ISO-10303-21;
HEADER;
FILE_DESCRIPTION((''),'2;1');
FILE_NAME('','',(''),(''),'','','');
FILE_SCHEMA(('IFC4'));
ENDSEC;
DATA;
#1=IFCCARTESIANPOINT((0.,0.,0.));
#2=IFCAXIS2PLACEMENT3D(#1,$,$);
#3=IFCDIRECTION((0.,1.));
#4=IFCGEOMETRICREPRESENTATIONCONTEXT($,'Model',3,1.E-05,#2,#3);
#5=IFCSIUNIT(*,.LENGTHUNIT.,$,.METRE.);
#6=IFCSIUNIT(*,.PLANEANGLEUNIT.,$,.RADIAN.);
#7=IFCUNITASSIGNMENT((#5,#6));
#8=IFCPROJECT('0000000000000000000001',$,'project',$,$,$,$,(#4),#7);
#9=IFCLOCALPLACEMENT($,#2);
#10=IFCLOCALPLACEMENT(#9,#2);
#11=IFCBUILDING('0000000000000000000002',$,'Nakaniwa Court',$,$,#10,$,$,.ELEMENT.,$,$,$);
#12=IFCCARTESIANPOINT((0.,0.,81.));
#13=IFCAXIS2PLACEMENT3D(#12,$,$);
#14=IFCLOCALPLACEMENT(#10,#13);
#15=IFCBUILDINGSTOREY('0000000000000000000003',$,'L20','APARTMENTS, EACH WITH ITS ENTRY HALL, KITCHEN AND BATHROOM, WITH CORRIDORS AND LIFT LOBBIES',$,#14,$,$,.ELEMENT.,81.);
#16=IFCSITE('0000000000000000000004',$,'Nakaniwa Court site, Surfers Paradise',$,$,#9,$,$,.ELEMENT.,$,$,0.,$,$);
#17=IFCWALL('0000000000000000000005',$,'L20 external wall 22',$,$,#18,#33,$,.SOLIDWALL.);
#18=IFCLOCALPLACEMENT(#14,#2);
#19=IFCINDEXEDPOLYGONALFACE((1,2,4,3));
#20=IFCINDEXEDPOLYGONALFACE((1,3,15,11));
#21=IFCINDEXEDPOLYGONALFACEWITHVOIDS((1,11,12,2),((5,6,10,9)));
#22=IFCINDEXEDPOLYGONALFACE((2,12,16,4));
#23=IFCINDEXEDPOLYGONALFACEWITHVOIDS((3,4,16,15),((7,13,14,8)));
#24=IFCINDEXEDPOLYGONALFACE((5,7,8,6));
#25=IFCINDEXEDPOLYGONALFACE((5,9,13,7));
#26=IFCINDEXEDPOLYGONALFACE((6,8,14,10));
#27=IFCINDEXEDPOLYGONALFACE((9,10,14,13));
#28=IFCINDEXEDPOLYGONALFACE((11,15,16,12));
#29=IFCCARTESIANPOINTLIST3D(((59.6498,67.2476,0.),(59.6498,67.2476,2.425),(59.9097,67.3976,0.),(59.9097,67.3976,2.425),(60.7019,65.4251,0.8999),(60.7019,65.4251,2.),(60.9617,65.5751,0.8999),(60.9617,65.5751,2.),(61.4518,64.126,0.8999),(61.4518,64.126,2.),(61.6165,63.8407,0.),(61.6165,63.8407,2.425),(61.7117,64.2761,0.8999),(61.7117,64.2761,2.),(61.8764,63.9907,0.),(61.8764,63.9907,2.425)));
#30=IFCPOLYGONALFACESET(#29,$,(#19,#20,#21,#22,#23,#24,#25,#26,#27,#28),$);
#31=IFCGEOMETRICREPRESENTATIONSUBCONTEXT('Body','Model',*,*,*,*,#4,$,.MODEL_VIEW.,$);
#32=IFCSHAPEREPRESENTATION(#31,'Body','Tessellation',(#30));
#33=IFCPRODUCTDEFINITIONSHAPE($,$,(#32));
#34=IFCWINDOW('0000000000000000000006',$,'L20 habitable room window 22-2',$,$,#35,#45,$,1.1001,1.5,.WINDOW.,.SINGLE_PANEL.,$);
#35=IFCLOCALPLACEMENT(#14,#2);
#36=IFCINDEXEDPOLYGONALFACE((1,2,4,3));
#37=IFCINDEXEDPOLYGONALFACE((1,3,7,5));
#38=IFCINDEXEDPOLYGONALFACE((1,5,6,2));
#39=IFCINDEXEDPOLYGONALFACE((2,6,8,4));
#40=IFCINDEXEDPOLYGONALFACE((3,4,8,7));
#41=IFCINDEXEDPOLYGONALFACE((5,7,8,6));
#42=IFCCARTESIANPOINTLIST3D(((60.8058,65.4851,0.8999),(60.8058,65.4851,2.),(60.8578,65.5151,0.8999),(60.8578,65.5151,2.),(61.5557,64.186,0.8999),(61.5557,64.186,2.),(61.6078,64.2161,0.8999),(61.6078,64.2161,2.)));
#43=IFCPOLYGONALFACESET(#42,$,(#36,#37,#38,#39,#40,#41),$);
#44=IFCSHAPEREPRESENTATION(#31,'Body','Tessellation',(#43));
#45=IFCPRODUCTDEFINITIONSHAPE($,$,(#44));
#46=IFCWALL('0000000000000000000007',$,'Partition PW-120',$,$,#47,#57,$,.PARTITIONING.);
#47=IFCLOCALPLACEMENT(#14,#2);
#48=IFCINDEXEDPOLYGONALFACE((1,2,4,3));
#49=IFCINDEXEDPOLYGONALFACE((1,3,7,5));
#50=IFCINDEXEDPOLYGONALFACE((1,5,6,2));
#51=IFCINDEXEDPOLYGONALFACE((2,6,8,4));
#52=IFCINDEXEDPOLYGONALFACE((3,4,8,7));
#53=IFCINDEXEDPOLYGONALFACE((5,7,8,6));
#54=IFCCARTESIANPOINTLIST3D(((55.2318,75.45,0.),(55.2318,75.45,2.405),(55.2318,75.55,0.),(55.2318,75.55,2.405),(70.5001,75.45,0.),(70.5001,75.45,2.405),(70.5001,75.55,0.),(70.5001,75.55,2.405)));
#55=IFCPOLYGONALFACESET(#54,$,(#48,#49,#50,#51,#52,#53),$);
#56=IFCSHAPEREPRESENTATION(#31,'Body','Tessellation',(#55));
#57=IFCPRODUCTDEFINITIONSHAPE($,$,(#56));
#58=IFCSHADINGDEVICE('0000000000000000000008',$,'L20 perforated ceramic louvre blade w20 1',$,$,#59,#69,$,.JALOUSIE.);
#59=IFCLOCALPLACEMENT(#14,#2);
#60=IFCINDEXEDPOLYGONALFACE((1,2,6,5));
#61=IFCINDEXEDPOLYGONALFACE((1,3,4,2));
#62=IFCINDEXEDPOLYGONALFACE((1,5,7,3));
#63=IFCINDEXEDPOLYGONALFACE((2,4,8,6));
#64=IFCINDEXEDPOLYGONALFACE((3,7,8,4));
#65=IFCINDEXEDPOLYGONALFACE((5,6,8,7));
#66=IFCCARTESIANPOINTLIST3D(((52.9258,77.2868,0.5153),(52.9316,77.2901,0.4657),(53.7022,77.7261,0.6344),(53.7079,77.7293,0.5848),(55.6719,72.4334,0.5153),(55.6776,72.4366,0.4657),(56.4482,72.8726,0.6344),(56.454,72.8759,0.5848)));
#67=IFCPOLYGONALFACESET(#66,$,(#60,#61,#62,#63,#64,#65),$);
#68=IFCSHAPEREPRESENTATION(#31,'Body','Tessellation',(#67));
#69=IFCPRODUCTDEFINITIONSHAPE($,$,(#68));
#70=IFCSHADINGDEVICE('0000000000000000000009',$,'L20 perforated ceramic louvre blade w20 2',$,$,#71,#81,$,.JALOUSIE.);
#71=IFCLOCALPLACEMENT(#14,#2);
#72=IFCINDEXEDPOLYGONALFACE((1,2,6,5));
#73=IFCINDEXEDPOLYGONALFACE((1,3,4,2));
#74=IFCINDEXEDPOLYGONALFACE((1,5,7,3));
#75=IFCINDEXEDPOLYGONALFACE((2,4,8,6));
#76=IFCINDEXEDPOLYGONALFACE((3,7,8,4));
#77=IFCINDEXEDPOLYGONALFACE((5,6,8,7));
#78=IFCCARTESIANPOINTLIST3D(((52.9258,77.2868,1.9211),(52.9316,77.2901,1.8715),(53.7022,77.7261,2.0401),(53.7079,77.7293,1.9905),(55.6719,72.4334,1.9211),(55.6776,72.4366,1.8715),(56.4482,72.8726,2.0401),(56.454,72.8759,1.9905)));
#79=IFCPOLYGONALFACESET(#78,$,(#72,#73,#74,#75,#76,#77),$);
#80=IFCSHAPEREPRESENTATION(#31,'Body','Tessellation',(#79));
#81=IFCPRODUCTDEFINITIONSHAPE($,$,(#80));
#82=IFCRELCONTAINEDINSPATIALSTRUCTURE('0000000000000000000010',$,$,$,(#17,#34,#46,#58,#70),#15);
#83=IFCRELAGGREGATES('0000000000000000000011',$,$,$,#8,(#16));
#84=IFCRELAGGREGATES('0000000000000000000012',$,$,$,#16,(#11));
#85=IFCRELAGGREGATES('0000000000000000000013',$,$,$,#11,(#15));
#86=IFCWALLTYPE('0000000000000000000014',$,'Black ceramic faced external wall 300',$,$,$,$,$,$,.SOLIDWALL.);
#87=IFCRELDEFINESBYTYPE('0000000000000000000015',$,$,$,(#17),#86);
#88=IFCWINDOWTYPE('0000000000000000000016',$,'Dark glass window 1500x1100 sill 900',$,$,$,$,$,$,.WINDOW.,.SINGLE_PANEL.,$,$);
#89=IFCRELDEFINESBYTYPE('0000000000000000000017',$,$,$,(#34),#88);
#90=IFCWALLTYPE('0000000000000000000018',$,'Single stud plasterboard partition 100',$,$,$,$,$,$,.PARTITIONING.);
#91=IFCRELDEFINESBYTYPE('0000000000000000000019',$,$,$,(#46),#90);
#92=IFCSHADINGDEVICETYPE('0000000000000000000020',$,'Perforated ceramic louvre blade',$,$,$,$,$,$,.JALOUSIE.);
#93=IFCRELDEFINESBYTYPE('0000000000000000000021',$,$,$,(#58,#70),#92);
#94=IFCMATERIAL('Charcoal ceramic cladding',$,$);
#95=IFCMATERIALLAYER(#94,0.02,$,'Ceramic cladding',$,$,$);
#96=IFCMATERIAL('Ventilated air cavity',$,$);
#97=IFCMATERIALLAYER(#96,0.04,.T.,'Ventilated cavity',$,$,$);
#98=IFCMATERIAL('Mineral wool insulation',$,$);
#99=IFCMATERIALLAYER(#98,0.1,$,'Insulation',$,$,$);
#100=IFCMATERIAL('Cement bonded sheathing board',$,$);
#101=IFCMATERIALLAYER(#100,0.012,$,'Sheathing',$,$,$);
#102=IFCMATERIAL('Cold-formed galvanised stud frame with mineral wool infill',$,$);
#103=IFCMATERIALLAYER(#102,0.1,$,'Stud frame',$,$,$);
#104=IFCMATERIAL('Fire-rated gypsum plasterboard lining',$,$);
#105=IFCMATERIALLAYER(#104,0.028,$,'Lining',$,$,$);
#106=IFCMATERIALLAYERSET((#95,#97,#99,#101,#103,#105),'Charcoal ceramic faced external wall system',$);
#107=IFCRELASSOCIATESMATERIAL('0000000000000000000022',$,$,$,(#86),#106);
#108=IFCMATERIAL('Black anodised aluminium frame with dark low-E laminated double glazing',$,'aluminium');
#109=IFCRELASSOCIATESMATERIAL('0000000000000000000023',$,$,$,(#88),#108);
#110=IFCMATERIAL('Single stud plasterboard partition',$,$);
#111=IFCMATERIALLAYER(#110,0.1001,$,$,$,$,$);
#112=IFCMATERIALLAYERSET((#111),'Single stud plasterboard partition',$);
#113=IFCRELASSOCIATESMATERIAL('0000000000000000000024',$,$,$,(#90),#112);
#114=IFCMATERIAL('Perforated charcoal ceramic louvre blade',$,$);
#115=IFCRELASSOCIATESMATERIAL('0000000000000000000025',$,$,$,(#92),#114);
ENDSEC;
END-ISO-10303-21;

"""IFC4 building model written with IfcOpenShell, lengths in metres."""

from ifc_helpers import new_model, si_unit, direction, frame, frame_2d, origin, origin_2d, place, context, subcontext, project, spatial, rectangle, extrude, material, layer, layer_set, material_profile, profile_set, type_object, element, fill, save


model = new_model("IFC4")

# Units and contexts
model_context = context("Model", 3, precision=1e-05, world=origin(), true_north=direction((0.0, 1.0)))
body_context = subcontext(model_context, "Body", "Model", "MODEL_VIEW")
ifc_project = project(units=[si_unit("LENGTHUNIT", "METRE"), si_unit("PLANEANGLEUNIT", "RADIAN")], contexts=[model_context])

# Site, building, storey
site_placement = place(None, origin())
site = spatial("IfcSite", under=ifc_project, at=site_placement, Name="Nakaniwa Court site, Surfers Paradise", CompositionType="ELEMENT", RefElevation=0.0)
building_placement = place(site_placement, origin())
building = spatial("IfcBuilding", under=site, at=building_placement, Name="Nakaniwa Court", CompositionType="ELEMENT")
storey_placement = place(building_placement, frame((0.0, 0.0, 81.0)))
storey = spatial("IfcBuildingStorey", under=building, at=storey_placement, Name="L20", Description="APARTMENTS, EACH WITH ITS ENTRY HALL, KITCHEN AND BATHROOM, WITH CORRIDORS AND LIFT LOBBIES", CompositionType="ELEMENT", Elevation=81.0)

# Shared definitions
ifc_material_1 = material(Name="Charcoal ceramic cladding")
ifc_layer_1 = layer(ifc_material_1, 0.02, Name="Ceramic cladding")
ifc_material_2 = material(Name="Ventilated air cavity")
ifc_layer_2 = layer(ifc_material_2, 0.04, ventilated=True, Name="Ventilated cavity")
ifc_material_3 = material(Name="Mineral wool insulation")
ifc_layer_3 = layer(ifc_material_3, 0.1, Name="Insulation")
ifc_material_4 = material(Name="Cement bonded sheathing board")
ifc_layer_4 = layer(ifc_material_4, 0.012, Name="Sheathing")
ifc_material_5 = material(Name="Cold-formed galvanised stud frame with mineral wool infill")
ifc_layer_5 = layer(ifc_material_5, 0.1, Name="Stud frame")
ifc_material_6 = material(Name="Fire-rated gypsum plasterboard lining")
ifc_layer_6 = layer(ifc_material_6, 0.028, Name="Lining")
ifc_layer_set_1 = layer_set([ifc_layer_1, ifc_layer_2, ifc_layer_3, ifc_layer_4, ifc_layer_5, ifc_layer_6], Name="Charcoal ceramic faced external wall system")
wall_type_1 = type_object("IfcWallType", Name="Black ceramic faced external wall 300", PredefinedType="SOLIDWALL", material=ifc_layer_set_1)
ifc_material_7 = material(Name="Black anodised aluminium frame with dark low-E laminated double glazing", Category="aluminium")
window_type_1 = type_object("IfcWindowType", Name="Dark glass window 1500x1100 sill 900", PartitioningType="SINGLE_PANEL", PredefinedType="WINDOW", material=ifc_material_7)

# Wall, opening, window
wall_1_placement = place(storey_placement, frame((59.7798, 67.3225, 0.0), z_axis=(0.0, 0.0, 1.0), x_axis=(0.499957, -0.86605, 0.0)))
wall_1 = element("IfcWall", 1, at=wall_1_placement, inside=storey, type_object=wall_type_1, Name="L20 external wall 22", PredefinedType="SOLIDWALL", context=body_context, shape_type="SweptSolid", body=[
    extrude(rectangle(XDim=3.9338, YDim=0.3, at=frame_2d((1.9668, 0.0))), origin(), (0.0, 0.0, 1.0), 2.425),
])
opening_1_placement = place(wall_1_placement, frame((2.1042, 0.0, 0.8999)))
opening_1 = element("IfcOpeningElement", 2, at=opening_1_placement, cuts=wall_1, PredefinedType="OPENING", context=body_context, shape_type="SweptSolid", body=[
    extrude(rectangle(XDim=1.5, YDim=1.1001, at=frame_2d((0.75, 0.55))), frame((0.0, 0.1599, 0.0), z_axis=(0.0, -1.0, 0.0), x_axis=(1.0, 0.0, 0.0)), (0.0, 0.0, 1.0), 0.3201),
])
window_1_placement = place(opening_1_placement, origin())
window_1 = element("IfcWindow", 3, at=window_1_placement, inside=storey, type_object=window_type_1, Name="L20 habitable room window 22-2", OverallHeight=1.1001, OverallWidth=1.5, PartitioningType="SINGLE_PANEL", PredefinedType="WINDOW", context=body_context, shape_type="SweptSolid", body=[
    extrude(rectangle(XDim=1.5, YDim=1.1001, at=frame_2d((0.75, 0.55))), frame((0.0, 0.03, 0.0), z_axis=(0.0, -1.0, 0.0), x_axis=(1.0, 0.0, 0.0)), (0.0, 0.0, 1.0), 0.0601),
])
fill(opening_1, window_1)

# Wall
ifc_material_8 = material(Name="Single stud plasterboard partition")
ifc_layer_7 = layer(ifc_material_8, 0.1001)
ifc_layer_set_2 = layer_set([ifc_layer_7], Name="Single stud plasterboard partition")
wall_type_2 = type_object("IfcWallType", Name="Single stud plasterboard partition 100", PredefinedType="PARTITIONING", material=ifc_layer_set_2)
wall_2_placement = place(storey_placement, frame((55.2317, 75.5, 0.0), z_axis=(0.0, 0.0, 1.0), x_axis=(1.0, 0.0, 0.0)))
element("IfcWall", 4, at=wall_2_placement, inside=storey, type_object=wall_type_2, Name="Partition PW-120", PredefinedType="PARTITIONING", context=body_context, shape_type="SweptSolid", body=[
    extrude(rectangle(XDim=15.2683, YDim=0.1001, at=frame_2d((7.6343, 0.0))), origin(), (0.0, 0.0, 1.0), 2.405),
])

# Shading devices
ifc_material_9 = material(Name="Perforated charcoal ceramic louvre blade")
ifc_material_profile_1 = material_profile(ifc_material_9, rectangle(XDim=0.8999, YDim=0.05, at=origin_2d()), Name="Perforated ceramic louvre blade")
ifc_profile_set_1 = profile_set([ifc_material_profile_1], Name="Perforated charcoal ceramic louvre blade")
shading_device_type = type_object("IfcShadingDeviceType", Name="Perforated ceramic louvre blade", PredefinedType="JALOUSIE", material=ifc_profile_set_1)
for number, where, z_axis, x_axis, name in (
    (5, (53.3169, 77.5081, 0.55), (0.492438, -0.870347, 0.0), (0.862702, 0.488112, 0.132256), "L20 perforated ceramic louvre blade w20 1"),
    (6, (53.3169, 77.5081, 1.9558), (0.492438, -0.870347, 0.0), (0.862702, 0.488112, 0.132256), "L20 perforated ceramic louvre blade w20 2"),
):
    element("IfcShadingDevice", number, at=place(storey_placement, frame(where, z_axis=z_axis, x_axis=x_axis)), inside=storey, type_object=shading_device_type, Name=name, PredefinedType="JALOUSIE", context=body_context, shape_type="SweptSolid", body=[
        extrude(rectangle(XDim=0.8999, YDim=0.05, at=origin_2d()), origin(), (0.0, 0.0, 1.0), 5.5764),
    ])

save(model, "model.ifc")
